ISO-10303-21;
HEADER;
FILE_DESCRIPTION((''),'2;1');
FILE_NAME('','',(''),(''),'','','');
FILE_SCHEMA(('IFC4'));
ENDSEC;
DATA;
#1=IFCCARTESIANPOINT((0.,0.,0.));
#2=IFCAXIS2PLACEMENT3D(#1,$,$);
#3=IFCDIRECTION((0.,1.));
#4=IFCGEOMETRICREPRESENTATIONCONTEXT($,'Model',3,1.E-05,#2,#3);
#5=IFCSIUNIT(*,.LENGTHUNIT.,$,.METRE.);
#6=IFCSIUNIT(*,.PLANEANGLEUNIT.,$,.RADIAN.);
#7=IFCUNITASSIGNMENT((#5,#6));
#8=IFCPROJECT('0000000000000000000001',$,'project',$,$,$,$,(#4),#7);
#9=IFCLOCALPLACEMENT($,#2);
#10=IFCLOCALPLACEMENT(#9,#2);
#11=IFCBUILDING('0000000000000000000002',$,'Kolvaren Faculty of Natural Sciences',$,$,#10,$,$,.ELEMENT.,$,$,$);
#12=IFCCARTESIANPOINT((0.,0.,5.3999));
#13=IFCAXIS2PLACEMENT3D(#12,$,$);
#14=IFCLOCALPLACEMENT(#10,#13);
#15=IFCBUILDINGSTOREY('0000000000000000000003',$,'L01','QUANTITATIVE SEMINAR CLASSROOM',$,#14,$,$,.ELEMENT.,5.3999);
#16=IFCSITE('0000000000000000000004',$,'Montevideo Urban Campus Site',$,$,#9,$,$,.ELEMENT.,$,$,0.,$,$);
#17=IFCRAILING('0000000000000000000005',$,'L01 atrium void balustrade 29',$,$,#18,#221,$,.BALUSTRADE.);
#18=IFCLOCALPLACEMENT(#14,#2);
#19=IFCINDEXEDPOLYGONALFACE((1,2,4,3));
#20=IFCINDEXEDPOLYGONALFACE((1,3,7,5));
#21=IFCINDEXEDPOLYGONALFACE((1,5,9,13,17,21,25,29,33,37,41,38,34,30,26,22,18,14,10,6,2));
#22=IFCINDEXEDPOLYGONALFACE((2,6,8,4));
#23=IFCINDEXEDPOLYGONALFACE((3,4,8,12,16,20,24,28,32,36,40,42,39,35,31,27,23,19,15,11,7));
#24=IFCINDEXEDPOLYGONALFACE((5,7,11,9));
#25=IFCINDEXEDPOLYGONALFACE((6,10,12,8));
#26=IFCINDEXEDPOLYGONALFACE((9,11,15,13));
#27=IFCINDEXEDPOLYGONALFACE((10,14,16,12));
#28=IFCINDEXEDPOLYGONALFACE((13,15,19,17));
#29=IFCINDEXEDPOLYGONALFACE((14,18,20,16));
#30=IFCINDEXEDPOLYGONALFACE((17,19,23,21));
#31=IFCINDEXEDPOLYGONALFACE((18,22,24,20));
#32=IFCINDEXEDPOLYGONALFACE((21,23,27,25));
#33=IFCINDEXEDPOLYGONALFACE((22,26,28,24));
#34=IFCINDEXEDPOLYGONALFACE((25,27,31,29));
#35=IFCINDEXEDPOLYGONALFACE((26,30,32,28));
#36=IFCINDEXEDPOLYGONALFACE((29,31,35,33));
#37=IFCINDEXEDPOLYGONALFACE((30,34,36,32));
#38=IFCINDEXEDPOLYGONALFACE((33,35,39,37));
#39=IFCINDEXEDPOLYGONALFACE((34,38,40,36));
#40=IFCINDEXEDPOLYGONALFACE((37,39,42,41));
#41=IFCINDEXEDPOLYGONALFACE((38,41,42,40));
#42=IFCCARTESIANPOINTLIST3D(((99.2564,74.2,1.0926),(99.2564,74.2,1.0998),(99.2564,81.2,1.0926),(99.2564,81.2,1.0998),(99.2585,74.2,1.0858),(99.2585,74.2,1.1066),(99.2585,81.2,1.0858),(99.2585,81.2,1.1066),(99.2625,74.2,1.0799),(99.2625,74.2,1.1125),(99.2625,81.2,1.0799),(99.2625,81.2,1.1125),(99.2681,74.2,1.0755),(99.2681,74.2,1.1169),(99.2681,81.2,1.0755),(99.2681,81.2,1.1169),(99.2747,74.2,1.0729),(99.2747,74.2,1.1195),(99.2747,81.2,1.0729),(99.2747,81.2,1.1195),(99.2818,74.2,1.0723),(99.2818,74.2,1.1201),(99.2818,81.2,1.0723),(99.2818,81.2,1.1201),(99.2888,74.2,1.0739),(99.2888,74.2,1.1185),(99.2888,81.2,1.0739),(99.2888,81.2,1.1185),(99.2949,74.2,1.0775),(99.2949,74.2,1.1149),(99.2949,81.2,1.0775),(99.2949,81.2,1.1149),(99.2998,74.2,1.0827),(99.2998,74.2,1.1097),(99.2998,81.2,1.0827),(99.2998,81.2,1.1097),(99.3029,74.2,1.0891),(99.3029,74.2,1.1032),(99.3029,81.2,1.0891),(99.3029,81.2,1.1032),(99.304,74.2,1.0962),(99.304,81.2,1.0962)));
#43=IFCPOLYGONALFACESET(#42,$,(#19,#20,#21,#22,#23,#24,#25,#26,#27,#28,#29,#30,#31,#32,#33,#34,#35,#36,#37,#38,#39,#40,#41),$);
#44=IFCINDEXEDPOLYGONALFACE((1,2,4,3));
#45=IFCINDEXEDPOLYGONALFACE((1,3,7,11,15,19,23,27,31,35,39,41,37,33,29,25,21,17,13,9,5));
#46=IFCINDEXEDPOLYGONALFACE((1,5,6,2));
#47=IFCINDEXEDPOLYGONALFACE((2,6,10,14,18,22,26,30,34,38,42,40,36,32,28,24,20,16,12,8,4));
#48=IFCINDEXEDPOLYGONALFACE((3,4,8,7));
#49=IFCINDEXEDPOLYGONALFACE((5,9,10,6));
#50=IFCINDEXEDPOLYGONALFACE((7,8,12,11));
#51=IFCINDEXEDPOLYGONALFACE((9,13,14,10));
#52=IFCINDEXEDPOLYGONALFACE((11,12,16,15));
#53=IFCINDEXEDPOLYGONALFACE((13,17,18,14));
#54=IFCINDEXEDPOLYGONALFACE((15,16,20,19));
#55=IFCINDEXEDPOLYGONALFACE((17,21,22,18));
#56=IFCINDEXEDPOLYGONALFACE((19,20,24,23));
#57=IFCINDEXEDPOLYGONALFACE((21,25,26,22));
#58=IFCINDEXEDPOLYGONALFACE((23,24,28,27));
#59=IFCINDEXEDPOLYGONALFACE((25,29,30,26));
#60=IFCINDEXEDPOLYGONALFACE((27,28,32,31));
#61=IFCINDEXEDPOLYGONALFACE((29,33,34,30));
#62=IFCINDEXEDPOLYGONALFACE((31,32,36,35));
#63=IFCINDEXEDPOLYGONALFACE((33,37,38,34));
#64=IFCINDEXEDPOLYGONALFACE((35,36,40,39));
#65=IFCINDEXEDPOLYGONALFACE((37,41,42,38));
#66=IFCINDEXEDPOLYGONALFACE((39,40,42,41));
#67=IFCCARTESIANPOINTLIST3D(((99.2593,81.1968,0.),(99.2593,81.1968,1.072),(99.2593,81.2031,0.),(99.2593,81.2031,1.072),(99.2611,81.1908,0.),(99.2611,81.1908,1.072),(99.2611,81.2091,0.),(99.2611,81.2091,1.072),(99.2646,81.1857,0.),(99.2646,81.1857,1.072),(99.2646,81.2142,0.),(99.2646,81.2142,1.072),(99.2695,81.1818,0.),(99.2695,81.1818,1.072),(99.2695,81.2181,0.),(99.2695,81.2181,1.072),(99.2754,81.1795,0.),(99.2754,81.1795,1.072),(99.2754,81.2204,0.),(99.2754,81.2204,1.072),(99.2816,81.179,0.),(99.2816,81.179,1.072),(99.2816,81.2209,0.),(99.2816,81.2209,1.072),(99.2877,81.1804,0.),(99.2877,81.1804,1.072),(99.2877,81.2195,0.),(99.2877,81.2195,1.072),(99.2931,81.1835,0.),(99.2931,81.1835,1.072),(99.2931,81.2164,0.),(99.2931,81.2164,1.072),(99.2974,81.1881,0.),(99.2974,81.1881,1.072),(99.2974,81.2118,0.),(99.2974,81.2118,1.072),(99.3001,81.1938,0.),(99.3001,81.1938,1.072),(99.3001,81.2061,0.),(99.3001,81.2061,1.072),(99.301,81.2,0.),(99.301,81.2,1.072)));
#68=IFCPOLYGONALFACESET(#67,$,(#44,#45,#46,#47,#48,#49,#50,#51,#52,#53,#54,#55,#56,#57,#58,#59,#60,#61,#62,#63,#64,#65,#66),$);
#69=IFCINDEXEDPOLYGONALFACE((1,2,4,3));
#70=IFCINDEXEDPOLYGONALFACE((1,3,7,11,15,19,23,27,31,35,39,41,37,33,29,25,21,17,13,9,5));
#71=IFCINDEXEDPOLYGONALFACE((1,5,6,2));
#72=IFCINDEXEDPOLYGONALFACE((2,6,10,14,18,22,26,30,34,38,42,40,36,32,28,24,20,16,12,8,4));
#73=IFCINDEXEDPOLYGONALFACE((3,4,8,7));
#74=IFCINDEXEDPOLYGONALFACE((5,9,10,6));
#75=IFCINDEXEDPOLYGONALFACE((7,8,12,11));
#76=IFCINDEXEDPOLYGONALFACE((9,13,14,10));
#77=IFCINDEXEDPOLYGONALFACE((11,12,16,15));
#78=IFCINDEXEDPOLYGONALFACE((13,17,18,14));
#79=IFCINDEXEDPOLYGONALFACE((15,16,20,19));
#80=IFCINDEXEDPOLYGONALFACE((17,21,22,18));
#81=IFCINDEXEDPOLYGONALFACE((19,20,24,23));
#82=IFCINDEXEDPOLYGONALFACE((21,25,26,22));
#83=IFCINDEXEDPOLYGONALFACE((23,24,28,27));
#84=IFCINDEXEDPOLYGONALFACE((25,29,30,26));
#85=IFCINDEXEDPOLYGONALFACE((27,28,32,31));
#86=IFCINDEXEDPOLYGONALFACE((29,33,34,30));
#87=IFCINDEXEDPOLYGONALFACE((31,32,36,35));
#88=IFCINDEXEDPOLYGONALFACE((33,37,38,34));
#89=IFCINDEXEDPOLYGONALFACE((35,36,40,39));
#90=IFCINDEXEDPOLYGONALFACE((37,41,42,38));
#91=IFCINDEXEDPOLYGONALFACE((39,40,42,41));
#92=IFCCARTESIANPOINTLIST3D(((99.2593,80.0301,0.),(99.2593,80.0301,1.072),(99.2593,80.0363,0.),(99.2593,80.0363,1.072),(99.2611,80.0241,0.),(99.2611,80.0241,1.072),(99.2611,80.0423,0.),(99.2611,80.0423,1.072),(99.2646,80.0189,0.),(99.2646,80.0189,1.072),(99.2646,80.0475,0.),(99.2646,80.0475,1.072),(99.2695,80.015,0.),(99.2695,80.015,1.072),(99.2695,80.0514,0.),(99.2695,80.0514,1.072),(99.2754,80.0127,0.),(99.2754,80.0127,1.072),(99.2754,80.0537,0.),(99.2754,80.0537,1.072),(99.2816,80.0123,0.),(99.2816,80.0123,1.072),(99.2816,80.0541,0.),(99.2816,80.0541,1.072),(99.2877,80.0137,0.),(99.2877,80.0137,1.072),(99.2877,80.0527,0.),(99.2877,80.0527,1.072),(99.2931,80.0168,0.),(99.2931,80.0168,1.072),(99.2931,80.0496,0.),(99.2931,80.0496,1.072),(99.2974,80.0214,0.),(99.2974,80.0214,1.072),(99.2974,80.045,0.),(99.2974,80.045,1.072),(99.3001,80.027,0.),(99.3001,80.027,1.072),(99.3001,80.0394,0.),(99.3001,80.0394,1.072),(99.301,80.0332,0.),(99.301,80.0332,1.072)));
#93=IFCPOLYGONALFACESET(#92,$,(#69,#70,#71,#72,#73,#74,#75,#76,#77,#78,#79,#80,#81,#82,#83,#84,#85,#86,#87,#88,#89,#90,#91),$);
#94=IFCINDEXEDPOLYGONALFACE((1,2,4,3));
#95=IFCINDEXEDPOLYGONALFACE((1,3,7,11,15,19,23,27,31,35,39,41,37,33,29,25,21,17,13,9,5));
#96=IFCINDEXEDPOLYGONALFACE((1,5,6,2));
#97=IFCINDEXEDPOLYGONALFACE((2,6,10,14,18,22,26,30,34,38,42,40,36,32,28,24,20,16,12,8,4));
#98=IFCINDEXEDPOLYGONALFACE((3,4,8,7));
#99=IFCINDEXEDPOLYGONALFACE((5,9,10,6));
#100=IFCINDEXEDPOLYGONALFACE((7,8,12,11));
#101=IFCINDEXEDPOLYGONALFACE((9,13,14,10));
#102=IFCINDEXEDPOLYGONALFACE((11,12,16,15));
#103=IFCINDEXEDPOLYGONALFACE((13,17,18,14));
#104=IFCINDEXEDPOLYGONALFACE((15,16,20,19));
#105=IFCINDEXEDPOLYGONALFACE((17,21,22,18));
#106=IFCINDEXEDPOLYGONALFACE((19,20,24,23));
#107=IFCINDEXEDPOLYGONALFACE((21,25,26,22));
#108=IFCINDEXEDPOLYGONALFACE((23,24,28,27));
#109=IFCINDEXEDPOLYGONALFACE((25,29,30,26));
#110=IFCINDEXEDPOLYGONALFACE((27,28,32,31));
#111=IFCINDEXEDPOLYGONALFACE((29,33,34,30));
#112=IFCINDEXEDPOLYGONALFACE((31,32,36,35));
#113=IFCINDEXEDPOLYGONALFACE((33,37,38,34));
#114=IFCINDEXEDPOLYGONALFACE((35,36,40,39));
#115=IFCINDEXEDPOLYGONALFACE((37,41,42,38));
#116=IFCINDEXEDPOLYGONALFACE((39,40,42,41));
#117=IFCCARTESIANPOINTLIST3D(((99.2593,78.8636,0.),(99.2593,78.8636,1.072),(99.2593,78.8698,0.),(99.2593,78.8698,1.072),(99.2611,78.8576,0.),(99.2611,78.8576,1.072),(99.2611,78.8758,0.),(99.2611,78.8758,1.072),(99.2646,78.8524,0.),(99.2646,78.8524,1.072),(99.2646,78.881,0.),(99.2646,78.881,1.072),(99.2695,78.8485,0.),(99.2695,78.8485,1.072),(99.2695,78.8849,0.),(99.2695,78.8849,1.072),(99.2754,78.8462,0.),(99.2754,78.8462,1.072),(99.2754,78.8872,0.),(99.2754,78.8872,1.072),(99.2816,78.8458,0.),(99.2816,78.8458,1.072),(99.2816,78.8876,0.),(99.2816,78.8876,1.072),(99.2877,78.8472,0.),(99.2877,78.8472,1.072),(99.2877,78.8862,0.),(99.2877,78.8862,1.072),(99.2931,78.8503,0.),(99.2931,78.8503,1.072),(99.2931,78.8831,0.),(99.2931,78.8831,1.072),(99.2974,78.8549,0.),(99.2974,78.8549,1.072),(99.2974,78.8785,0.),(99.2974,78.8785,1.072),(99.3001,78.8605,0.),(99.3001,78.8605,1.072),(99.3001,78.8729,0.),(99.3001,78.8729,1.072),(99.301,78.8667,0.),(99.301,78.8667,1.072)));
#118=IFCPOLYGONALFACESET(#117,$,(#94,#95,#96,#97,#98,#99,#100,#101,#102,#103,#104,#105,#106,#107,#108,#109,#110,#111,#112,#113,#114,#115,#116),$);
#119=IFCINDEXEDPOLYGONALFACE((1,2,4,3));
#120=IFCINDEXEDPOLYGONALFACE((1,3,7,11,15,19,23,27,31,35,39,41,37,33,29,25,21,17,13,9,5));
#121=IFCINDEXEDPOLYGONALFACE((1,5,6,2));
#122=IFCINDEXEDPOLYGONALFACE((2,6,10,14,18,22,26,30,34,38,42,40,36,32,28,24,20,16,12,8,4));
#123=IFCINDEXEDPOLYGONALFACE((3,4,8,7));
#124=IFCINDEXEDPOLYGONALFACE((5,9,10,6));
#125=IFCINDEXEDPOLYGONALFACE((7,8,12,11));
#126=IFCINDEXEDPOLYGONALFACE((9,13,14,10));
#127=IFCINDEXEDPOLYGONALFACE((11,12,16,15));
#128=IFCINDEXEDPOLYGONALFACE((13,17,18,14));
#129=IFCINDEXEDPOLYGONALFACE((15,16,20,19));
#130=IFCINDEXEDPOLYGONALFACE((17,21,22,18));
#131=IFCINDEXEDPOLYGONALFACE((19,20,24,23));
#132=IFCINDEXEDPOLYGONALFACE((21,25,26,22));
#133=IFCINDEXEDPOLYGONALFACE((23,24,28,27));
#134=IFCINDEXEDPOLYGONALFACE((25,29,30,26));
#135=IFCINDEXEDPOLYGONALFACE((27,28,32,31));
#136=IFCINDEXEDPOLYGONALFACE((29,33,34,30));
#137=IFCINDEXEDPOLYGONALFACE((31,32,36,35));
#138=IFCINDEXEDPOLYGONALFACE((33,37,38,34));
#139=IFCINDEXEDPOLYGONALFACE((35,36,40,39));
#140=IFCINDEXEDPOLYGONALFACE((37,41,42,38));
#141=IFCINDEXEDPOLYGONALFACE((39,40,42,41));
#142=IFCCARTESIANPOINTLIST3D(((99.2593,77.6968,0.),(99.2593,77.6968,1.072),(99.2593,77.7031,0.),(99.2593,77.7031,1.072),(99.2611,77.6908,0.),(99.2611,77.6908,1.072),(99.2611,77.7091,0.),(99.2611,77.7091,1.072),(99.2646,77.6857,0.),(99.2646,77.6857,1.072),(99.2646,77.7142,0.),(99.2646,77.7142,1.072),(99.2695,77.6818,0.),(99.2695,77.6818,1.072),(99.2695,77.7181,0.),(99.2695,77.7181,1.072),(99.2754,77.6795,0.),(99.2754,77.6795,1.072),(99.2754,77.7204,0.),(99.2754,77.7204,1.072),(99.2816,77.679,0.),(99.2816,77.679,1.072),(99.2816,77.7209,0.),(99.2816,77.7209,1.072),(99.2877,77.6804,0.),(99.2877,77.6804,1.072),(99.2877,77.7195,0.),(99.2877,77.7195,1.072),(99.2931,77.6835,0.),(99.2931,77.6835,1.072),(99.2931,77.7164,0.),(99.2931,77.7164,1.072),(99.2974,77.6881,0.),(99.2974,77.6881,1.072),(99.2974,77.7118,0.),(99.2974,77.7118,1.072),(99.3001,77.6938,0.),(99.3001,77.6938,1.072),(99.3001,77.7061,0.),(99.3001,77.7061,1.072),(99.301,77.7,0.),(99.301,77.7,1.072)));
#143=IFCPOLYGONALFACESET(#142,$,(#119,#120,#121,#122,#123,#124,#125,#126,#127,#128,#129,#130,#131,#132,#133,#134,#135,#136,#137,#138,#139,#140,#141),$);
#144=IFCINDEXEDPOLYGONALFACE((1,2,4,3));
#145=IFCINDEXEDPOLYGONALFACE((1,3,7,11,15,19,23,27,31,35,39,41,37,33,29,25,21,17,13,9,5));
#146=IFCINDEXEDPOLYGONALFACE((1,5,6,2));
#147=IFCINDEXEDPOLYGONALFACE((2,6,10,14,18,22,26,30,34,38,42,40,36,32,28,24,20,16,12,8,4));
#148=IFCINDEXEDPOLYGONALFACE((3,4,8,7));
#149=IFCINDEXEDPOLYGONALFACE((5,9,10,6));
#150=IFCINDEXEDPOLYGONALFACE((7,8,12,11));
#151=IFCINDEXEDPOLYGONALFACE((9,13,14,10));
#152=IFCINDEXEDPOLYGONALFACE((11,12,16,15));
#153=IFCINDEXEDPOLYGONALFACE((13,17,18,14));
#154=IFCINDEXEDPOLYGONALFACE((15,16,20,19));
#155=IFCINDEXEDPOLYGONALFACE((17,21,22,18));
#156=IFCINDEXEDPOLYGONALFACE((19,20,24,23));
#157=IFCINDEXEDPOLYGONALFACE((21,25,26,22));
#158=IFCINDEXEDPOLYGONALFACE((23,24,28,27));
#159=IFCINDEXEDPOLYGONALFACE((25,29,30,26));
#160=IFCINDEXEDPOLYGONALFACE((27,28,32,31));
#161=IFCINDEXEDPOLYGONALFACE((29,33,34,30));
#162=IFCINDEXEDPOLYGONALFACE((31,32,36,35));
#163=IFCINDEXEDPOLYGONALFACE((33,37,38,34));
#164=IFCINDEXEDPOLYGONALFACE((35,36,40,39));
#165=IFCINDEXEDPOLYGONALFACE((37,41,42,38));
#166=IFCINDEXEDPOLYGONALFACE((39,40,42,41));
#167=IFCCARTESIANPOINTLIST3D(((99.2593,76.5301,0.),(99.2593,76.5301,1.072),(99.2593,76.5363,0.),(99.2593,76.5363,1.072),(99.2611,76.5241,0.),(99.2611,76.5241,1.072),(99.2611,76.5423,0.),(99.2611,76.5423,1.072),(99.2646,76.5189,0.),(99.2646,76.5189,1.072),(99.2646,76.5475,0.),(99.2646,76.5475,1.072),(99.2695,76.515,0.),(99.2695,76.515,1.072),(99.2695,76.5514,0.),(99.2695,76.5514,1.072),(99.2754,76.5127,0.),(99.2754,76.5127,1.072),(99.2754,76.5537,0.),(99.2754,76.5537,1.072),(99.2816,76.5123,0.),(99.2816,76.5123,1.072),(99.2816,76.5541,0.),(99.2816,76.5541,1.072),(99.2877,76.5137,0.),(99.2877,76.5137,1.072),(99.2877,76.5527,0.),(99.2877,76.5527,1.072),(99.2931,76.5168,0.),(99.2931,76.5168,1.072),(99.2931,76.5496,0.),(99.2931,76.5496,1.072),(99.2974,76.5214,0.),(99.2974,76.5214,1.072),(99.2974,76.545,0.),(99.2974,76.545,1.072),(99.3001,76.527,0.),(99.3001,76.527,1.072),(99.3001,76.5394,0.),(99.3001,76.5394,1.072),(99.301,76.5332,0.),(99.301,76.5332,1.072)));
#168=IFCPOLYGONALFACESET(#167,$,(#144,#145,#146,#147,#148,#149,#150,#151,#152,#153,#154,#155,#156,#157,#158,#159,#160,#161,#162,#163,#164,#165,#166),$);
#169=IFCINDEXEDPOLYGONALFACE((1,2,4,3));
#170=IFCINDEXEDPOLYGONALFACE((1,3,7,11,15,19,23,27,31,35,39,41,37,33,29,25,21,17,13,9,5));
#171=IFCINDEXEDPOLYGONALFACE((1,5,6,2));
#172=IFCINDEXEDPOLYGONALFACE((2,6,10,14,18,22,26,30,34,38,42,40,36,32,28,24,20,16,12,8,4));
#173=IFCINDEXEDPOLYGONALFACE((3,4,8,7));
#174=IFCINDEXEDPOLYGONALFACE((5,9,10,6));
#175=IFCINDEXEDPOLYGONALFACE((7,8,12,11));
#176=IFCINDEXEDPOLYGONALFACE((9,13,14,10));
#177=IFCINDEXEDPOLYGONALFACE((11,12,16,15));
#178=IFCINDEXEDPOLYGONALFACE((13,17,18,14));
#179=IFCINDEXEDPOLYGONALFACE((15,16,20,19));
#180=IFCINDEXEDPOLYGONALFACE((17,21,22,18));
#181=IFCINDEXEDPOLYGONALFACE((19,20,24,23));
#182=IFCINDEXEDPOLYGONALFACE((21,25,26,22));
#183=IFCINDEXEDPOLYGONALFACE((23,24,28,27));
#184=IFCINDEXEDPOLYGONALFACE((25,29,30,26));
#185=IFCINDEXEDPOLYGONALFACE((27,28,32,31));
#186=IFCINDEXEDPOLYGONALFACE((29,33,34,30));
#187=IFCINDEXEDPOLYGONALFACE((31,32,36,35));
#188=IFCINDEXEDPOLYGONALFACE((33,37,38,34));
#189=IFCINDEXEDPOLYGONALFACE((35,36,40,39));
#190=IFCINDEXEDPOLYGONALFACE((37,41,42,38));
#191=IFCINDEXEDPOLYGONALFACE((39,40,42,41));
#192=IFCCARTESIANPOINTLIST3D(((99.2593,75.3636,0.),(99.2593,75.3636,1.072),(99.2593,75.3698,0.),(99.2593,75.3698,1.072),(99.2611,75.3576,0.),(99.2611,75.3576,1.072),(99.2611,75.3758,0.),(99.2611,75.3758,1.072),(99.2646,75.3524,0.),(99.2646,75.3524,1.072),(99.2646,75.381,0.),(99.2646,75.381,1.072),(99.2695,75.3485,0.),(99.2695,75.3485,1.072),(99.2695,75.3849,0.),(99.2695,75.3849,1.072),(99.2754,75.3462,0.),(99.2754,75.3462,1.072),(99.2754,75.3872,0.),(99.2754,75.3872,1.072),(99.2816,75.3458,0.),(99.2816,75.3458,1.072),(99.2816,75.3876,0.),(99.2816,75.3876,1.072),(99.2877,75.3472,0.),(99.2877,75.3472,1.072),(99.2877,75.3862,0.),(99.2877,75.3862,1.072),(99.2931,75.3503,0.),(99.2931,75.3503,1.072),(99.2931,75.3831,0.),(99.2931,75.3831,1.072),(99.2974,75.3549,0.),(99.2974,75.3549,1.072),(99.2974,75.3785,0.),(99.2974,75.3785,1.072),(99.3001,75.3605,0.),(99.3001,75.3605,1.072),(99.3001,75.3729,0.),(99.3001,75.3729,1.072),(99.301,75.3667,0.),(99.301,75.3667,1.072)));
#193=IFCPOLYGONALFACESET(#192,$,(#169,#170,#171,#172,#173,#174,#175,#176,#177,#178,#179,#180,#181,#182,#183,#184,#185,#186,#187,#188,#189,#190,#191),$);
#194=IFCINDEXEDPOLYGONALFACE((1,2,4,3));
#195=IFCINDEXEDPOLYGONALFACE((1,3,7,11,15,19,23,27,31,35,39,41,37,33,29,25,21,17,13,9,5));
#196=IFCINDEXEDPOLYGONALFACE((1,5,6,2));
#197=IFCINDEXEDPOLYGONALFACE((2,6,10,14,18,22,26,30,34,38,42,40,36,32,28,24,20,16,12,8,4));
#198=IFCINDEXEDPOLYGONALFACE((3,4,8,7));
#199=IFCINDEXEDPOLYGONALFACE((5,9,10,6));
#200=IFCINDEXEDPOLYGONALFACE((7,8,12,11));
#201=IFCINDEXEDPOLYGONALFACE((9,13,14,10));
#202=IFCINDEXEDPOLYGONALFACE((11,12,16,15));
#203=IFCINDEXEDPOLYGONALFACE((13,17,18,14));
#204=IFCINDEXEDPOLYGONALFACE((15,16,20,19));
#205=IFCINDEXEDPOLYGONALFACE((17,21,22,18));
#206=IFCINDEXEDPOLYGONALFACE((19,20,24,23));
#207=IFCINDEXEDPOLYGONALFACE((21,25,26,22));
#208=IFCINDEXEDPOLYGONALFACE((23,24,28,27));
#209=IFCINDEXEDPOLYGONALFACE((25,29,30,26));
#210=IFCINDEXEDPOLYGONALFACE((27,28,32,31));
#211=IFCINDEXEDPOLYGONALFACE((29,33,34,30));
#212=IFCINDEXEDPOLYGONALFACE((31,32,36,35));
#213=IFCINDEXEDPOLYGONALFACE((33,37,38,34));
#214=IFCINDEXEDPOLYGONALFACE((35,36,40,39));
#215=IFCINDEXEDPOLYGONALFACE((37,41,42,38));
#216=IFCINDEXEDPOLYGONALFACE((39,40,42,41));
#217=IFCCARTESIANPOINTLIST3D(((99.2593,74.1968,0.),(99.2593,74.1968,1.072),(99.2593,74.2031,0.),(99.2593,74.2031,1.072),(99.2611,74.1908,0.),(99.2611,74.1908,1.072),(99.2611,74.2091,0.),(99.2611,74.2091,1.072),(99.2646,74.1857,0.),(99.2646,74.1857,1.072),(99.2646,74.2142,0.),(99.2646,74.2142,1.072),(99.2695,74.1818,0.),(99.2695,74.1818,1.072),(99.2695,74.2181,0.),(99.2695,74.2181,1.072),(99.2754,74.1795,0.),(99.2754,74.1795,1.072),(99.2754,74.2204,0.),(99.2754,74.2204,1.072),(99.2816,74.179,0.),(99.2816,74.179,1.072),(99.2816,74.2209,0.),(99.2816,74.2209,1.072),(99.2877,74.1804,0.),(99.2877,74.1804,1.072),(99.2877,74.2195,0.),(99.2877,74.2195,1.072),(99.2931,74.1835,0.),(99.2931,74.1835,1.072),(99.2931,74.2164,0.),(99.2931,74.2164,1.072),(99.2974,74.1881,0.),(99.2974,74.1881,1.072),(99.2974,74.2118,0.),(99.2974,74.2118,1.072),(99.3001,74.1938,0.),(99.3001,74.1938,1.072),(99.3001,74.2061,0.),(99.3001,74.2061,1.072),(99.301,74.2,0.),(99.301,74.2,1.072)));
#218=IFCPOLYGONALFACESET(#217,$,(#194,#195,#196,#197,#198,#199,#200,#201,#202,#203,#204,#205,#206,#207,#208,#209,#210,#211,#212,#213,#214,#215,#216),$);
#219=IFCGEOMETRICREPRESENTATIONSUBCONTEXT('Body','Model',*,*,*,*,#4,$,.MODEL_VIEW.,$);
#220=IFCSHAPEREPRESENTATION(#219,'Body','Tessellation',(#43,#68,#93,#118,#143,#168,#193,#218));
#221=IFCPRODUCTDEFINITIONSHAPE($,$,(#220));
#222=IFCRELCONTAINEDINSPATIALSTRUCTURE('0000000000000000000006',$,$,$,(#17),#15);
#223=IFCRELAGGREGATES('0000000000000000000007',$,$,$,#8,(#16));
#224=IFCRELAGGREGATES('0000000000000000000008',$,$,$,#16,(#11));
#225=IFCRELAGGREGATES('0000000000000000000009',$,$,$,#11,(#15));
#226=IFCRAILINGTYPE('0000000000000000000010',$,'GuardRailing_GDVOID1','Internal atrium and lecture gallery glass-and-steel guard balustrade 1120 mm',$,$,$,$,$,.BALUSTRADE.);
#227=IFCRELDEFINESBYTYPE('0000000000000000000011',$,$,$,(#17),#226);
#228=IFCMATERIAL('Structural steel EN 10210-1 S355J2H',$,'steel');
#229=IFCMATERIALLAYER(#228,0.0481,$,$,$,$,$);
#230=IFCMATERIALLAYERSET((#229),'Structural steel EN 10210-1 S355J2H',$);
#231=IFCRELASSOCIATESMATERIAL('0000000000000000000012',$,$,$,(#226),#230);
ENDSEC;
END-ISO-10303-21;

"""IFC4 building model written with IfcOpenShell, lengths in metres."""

from ifc_helpers import new_model, si_unit, direction, frame, origin, origin_2d, place, context, subcontext, project, spatial, circle, extrude, material, layer, layer_set, type_object, element, save


model = new_model("IFC4")

# Units and contexts
model_context = context("Model", 3, precision=1e-05, world=origin(), true_north=direction((0.0, 1.0)))
body_context = subcontext(model_context, "Body", "Model", "MODEL_VIEW")
ifc_project = project(units=[si_unit("LENGTHUNIT", "METRE"), si_unit("PLANEANGLEUNIT", "RADIAN")], contexts=[model_context])

# Site, building, storey
site_placement = place(None, origin())
site = spatial("IfcSite", under=ifc_project, at=site_placement, Name="Montevideo Urban Campus Site", CompositionType="ELEMENT", RefElevation=0.0)
building_placement = place(site_placement, origin())
building = spatial("IfcBuilding", under=site, at=building_placement, Name="Kolvaren Faculty of Natural Sciences", CompositionType="ELEMENT")
storey_placement = place(building_placement, frame((0.0, 0.0, 5.3999)))
storey = spatial("IfcBuildingStorey", under=building, at=storey_placement, Name="L01", Description="QUANTITATIVE SEMINAR CLASSROOM", CompositionType="ELEMENT", Elevation=5.3999)

# Railing
ifc_material_1 = material(Name="Structural steel EN 10210-1 S355J2H", Category="steel")
ifc_layer_1 = layer(ifc_material_1, 0.0481)
ifc_layer_set_1 = layer_set([ifc_layer_1], Name="Structural steel EN 10210-1 S355J2H")
railing_type = type_object("IfcRailingType", Name="GuardRailing_GDVOID1", Description="Internal atrium and lecture gallery glass-and-steel guard balustrade 1120 mm", PredefinedType="BALUSTRADE", material=ifc_layer_set_1)
railing_1_placement = place(storey_placement, frame((99.28, 81.2, 0.0)))
element("IfcRailing", 1, at=railing_1_placement, inside=storey, type_object=railing_type, Name="L01 atrium void balustrade 29", PredefinedType="BALUSTRADE", context=body_context, shape_type="SweptSolid", body=[
    extrude(circle(Radius=0.0239, at=origin_2d()), frame((0.0, 0.0, 1.0962), z_axis=(0.0, -1.0, 0.0), x_axis=(1.0, 0.0, 0.0)), (0.0, 0.0, 1.0), 7.0),
    extrude(circle(Radius=0.021, at=origin_2d()), origin(), (0.0, 0.0, 1.0), 1.072),
    extrude(circle(Radius=0.021, at=origin_2d()), frame((0.0, -1.1667, 0.0)), (0.0, 0.0, 1.0), 1.072),
    extrude(circle(Radius=0.021, at=origin_2d()), frame((0.0, -2.3333, 0.0)), (0.0, 0.0, 1.0), 1.072),
    extrude(circle(Radius=0.021, at=origin_2d()), frame((0.0, -3.5, 0.0)), (0.0, 0.0, 1.0), 1.072),
    extrude(circle(Radius=0.021, at=origin_2d()), frame((0.0, -4.6667, 0.0)), (0.0, 0.0, 1.0), 1.072),
    extrude(circle(Radius=0.021, at=origin_2d()), frame((0.0, -5.8333, 0.0)), (0.0, 0.0, 1.0), 1.072),
    extrude(circle(Radius=0.021, at=origin_2d()), frame((0.0, -7.0, 0.0)), (0.0, 0.0, 1.0), 1.072),
])

save(model, "model.ifc")
